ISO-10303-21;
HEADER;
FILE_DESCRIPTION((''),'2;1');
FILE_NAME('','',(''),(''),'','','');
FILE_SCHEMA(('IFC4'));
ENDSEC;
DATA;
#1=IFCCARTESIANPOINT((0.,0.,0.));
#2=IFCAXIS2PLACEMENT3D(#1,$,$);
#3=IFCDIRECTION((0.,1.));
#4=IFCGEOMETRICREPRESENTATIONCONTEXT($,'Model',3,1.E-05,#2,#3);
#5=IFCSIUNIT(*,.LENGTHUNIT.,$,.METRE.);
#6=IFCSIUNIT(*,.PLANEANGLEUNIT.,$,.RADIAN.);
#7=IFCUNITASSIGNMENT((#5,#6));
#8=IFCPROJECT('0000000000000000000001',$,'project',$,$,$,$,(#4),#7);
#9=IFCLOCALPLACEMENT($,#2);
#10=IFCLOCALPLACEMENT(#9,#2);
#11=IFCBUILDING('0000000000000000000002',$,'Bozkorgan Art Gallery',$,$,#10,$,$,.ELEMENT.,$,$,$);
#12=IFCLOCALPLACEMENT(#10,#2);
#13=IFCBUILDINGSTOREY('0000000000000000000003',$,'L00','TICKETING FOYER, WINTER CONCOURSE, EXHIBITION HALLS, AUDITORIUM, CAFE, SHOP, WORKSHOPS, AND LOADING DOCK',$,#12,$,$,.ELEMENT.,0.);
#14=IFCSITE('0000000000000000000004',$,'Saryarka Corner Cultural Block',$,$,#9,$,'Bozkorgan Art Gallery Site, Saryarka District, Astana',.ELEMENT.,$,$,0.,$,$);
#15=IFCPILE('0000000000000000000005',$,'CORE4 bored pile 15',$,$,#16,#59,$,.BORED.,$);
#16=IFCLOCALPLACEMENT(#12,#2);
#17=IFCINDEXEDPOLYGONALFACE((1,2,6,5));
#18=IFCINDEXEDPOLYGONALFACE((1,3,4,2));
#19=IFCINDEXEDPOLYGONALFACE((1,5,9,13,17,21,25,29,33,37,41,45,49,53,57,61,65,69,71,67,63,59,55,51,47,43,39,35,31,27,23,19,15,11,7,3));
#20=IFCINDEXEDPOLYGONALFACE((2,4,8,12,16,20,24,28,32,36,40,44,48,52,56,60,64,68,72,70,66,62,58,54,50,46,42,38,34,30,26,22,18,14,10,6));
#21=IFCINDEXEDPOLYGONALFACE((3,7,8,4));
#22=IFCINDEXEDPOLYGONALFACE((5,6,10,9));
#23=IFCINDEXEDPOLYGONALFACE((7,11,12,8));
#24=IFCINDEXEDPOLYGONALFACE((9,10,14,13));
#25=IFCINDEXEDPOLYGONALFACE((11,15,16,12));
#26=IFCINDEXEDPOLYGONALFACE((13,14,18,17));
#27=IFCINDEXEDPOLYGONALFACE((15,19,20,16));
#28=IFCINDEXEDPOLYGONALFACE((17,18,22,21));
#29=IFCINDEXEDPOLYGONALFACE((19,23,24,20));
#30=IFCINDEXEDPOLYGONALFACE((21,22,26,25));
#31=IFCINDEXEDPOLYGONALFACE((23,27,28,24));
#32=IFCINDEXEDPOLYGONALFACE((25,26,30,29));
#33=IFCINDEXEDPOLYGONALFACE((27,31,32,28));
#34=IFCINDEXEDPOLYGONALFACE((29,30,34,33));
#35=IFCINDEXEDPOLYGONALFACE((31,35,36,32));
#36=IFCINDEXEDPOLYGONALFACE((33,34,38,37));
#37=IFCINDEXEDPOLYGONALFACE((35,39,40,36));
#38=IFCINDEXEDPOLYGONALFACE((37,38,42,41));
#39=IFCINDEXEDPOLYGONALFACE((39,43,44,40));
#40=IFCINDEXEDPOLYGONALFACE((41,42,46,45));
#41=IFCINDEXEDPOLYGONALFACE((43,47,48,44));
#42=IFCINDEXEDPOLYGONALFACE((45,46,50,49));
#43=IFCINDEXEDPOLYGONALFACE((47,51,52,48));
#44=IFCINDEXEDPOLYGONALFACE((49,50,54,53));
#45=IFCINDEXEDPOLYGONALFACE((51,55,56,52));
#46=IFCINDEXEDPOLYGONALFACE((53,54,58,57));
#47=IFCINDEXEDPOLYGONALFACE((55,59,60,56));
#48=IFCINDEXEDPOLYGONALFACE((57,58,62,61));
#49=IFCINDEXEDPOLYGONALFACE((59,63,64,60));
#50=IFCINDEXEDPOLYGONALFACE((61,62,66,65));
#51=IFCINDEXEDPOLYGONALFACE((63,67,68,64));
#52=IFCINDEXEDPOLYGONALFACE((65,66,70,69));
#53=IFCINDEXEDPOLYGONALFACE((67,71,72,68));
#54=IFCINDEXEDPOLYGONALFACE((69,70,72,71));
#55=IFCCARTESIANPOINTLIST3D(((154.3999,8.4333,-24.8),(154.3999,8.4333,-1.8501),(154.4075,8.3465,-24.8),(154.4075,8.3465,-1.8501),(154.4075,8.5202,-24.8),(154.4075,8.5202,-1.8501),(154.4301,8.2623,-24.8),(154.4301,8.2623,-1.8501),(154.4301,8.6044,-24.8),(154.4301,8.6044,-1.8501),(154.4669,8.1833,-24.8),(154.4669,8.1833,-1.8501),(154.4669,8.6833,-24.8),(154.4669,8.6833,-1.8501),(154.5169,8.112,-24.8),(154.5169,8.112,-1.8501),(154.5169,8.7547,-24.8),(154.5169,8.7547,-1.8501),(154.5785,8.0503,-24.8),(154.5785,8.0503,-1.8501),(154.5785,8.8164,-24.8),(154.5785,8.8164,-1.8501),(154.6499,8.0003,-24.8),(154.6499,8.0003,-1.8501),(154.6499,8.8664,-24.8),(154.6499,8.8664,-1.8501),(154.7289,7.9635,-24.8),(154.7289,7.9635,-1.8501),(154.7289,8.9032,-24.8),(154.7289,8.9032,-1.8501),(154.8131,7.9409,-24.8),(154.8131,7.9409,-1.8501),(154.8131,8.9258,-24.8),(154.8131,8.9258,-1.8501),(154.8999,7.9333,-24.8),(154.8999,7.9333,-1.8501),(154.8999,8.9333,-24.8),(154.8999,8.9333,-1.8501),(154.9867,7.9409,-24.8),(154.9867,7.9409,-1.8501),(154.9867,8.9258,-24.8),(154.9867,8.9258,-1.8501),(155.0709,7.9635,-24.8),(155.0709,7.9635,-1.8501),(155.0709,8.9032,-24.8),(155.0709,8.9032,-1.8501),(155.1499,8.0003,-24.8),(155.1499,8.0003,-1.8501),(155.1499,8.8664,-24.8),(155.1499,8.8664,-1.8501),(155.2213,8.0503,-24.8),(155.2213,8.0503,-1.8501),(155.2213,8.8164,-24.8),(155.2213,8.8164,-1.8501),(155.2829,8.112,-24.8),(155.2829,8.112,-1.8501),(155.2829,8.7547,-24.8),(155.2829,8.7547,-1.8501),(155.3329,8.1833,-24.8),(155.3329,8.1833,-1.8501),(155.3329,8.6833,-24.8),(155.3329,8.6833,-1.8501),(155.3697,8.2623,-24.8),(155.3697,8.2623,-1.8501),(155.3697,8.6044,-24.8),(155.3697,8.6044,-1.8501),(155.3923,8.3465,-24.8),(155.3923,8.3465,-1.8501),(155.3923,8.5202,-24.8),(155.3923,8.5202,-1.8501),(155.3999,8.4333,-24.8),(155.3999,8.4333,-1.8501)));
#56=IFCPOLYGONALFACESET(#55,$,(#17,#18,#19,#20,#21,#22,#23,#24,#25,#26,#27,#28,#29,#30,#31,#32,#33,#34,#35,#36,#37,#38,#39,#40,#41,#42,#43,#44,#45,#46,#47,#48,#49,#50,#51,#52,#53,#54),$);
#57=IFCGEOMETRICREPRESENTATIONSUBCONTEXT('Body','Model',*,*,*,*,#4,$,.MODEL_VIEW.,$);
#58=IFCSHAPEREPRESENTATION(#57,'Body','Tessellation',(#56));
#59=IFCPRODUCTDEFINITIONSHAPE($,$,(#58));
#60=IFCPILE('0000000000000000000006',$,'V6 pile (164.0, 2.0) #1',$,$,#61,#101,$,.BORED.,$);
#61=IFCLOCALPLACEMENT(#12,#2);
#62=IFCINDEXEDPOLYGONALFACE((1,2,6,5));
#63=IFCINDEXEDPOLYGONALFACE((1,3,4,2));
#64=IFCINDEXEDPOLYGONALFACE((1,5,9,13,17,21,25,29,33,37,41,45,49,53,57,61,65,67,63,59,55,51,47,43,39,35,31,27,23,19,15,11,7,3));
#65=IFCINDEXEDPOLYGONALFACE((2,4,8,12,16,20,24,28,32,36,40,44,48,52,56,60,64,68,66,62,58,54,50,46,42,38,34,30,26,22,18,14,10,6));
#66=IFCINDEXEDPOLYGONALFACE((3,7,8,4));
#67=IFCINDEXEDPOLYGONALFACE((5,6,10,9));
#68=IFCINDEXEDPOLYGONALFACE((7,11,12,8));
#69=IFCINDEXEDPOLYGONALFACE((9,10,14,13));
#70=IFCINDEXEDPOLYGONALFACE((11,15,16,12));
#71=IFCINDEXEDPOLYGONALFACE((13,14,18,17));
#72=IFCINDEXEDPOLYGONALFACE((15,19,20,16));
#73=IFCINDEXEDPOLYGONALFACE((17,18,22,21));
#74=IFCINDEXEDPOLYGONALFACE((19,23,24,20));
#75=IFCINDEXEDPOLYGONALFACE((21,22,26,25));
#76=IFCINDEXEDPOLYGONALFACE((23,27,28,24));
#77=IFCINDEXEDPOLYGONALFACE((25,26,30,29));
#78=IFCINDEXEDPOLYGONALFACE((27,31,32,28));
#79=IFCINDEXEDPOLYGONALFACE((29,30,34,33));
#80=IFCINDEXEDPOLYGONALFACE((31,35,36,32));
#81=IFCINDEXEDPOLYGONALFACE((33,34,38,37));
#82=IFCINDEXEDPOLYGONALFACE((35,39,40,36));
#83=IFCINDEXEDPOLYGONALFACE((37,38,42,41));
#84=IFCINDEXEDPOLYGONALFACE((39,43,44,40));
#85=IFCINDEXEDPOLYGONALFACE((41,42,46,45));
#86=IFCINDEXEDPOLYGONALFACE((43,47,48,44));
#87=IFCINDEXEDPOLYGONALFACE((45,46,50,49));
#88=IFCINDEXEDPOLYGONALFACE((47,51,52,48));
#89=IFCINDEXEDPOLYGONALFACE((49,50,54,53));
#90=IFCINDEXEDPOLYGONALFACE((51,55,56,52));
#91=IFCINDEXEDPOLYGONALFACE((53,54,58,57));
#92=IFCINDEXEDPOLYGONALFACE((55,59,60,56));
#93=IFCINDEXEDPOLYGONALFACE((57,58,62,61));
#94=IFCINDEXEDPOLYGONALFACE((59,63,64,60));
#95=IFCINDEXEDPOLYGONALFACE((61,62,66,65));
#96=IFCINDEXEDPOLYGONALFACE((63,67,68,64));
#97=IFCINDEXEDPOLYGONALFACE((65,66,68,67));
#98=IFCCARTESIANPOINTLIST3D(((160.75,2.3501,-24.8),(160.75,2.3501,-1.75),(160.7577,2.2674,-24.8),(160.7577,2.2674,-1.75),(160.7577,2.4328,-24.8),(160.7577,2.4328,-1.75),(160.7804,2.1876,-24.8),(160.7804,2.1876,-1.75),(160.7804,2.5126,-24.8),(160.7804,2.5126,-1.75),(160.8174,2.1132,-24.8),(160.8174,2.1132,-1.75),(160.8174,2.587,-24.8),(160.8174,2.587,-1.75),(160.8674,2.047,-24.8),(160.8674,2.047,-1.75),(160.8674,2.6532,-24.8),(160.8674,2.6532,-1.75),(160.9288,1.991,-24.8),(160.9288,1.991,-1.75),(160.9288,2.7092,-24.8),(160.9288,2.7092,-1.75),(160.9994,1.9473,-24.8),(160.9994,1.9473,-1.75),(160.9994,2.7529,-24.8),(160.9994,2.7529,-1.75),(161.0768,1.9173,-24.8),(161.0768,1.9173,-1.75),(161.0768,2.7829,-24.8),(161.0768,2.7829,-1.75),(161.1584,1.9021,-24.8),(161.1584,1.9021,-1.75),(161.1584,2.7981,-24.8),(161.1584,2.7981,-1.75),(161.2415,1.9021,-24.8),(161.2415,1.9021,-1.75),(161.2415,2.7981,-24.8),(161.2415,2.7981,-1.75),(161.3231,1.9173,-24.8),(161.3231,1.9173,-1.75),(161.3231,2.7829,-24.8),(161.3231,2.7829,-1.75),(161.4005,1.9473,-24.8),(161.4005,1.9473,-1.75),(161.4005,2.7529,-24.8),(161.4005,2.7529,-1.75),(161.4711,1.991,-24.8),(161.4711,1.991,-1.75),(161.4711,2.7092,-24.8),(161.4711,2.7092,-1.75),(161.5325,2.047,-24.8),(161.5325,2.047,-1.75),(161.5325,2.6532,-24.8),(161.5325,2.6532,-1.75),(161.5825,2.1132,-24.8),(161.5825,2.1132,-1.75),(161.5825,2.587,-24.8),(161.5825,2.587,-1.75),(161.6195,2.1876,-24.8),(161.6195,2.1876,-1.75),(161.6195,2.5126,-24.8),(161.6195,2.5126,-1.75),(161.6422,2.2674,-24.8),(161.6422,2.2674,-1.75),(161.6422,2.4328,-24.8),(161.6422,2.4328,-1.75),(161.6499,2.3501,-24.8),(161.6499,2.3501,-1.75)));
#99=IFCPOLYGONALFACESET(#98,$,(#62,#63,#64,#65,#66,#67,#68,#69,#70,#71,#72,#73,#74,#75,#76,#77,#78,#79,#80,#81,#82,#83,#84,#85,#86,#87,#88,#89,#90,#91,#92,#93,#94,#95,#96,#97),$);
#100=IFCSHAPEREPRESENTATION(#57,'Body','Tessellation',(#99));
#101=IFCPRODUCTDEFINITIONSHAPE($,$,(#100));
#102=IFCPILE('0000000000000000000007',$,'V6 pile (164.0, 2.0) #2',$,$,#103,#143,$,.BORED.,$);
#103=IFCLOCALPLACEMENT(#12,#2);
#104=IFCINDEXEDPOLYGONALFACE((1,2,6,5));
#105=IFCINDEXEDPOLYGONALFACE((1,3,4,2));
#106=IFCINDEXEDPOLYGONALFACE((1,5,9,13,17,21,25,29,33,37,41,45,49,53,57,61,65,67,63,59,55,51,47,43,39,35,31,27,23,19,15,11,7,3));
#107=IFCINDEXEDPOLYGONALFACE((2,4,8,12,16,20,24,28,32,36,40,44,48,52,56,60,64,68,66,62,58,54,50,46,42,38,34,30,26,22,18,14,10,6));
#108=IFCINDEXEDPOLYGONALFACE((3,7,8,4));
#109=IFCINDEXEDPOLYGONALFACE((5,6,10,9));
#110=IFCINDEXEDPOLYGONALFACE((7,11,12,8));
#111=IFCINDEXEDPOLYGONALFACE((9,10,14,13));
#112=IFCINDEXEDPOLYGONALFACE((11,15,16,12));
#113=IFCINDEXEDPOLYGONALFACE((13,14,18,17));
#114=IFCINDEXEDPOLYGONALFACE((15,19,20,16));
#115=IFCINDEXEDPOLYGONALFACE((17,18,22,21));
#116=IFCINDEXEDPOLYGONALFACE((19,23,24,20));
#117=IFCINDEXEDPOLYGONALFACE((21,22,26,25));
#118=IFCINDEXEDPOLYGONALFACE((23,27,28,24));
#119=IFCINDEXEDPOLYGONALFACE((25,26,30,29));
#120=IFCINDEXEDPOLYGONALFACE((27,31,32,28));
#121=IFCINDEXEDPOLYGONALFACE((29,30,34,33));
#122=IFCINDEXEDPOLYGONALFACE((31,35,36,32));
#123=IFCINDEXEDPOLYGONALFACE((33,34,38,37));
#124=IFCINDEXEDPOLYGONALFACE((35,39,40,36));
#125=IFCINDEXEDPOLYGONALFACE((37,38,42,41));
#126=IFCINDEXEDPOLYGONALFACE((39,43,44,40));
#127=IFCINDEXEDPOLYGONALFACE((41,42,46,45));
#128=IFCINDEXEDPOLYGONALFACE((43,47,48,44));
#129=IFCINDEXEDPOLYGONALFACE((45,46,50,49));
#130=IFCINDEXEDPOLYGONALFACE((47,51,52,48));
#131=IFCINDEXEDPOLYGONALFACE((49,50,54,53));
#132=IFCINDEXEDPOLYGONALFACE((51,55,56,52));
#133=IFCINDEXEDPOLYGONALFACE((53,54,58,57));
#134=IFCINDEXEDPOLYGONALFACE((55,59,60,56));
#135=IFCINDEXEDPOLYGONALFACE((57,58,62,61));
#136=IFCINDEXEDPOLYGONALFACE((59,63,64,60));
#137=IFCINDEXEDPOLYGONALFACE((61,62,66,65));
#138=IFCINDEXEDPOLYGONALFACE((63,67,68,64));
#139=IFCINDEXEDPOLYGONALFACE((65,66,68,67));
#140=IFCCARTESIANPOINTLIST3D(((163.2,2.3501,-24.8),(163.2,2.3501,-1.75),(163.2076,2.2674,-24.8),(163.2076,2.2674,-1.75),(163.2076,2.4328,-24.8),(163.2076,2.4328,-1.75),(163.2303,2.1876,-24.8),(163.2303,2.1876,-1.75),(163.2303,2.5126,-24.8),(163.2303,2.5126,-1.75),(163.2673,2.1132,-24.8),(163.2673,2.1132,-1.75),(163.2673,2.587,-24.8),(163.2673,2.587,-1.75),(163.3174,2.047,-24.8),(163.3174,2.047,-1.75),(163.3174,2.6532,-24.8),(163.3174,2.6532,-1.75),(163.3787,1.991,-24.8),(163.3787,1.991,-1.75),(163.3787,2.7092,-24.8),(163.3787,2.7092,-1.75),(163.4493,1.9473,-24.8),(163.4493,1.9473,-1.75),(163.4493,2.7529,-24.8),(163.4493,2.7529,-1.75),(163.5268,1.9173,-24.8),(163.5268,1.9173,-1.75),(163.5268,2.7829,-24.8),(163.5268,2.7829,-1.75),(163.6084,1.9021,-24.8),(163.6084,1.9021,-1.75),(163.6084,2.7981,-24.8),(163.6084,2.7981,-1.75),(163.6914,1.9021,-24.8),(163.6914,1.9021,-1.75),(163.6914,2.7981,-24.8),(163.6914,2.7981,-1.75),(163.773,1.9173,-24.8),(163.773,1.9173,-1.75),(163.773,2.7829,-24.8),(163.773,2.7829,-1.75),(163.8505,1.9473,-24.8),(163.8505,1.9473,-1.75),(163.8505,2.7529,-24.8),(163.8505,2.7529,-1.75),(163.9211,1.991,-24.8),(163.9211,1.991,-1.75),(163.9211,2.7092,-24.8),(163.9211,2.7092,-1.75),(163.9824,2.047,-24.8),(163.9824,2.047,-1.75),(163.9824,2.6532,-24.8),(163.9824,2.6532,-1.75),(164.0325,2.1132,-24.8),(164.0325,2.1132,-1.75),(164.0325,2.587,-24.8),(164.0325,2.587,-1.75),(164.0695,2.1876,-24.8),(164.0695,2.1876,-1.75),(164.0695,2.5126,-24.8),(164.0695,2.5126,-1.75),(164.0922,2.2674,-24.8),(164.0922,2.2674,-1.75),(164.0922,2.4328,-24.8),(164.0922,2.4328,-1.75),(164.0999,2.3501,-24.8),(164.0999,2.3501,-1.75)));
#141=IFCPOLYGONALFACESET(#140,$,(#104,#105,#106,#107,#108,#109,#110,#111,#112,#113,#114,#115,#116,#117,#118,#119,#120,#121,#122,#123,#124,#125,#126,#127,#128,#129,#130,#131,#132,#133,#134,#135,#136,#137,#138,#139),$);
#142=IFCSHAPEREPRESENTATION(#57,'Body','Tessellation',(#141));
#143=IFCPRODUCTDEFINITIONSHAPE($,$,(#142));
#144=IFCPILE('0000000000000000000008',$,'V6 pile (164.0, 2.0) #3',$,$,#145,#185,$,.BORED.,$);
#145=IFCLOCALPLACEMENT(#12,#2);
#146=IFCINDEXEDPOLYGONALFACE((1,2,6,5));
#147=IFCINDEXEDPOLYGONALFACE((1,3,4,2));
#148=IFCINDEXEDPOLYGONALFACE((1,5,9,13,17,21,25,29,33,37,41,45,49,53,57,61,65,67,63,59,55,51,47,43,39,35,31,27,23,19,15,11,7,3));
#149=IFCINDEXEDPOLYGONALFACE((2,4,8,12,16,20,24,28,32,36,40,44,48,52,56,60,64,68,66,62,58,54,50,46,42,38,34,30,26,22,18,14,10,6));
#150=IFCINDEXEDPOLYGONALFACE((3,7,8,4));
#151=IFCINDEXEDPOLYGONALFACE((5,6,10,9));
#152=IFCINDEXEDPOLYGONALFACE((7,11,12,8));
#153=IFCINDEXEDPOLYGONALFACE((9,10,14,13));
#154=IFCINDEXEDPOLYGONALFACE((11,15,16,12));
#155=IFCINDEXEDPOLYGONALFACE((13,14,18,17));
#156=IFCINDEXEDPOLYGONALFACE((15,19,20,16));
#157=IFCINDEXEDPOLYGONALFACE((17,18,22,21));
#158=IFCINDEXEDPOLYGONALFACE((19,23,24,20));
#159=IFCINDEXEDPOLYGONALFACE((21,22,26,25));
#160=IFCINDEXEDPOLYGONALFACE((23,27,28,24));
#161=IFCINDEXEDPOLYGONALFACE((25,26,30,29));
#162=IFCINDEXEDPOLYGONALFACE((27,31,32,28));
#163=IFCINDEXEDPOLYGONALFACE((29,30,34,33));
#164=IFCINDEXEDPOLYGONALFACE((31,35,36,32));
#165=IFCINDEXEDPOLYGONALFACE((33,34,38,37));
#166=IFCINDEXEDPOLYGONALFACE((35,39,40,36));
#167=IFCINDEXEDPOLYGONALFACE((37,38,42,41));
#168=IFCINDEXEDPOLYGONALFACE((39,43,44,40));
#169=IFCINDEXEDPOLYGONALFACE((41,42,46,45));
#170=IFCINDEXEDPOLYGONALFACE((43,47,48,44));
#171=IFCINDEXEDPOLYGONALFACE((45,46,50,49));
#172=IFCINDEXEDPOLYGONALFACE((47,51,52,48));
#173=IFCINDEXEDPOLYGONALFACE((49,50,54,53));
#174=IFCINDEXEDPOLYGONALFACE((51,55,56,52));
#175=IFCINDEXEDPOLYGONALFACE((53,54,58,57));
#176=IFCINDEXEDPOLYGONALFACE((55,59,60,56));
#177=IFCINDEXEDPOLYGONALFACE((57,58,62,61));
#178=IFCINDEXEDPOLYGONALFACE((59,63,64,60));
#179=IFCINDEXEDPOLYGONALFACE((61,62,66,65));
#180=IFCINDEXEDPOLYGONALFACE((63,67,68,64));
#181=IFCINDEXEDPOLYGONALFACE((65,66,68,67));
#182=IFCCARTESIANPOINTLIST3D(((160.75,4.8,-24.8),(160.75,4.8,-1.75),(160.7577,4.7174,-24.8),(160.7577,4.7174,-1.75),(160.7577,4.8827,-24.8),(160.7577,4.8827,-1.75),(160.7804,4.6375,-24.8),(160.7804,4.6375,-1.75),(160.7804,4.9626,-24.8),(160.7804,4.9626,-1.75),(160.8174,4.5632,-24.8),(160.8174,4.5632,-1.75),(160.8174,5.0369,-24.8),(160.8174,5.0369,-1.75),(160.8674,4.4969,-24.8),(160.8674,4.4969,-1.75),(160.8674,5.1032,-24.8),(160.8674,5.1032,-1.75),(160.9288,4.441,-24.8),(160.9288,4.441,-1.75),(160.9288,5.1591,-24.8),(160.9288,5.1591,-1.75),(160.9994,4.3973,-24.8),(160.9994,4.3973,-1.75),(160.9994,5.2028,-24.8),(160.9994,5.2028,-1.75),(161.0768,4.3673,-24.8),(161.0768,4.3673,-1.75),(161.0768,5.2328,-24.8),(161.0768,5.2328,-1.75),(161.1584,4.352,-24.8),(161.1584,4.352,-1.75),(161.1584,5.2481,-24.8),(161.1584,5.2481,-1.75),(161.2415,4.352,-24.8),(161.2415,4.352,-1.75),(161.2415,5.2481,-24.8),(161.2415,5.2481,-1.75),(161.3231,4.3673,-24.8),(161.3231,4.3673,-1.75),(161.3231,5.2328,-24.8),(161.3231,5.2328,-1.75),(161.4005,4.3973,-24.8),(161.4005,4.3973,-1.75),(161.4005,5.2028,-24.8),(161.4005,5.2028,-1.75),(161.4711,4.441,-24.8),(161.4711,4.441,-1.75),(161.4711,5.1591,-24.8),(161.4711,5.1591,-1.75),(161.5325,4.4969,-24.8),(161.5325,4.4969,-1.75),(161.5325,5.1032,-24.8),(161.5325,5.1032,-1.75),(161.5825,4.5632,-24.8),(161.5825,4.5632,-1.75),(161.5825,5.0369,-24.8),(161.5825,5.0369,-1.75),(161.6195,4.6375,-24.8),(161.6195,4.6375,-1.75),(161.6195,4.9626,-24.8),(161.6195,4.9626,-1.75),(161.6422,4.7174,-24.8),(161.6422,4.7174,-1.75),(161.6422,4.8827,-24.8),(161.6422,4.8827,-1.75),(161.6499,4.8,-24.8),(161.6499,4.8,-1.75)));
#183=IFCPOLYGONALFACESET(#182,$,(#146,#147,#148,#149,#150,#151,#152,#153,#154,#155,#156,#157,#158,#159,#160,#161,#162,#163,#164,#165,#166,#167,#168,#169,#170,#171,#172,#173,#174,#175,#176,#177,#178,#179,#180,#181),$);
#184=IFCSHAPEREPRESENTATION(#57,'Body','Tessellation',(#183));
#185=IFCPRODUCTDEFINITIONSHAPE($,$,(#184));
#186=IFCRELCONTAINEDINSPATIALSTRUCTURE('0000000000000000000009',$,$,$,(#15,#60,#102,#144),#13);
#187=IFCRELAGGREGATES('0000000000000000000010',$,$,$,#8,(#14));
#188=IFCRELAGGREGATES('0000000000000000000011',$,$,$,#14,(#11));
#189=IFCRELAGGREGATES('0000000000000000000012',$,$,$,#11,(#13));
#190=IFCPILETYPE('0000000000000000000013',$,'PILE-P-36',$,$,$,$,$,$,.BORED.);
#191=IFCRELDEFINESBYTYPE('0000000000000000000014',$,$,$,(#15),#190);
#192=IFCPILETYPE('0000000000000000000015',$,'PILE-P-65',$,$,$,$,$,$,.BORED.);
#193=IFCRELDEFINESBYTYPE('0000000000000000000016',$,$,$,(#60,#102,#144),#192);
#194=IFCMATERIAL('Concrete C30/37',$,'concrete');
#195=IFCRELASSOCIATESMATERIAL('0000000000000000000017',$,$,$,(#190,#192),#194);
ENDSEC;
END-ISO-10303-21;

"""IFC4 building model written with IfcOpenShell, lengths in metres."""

from ifc_helpers import new_model, si_unit, direction, frame, origin, origin_2d, place, context, subcontext, project, spatial, circle, extrude, material, material_profile, profile_set, type_object, element, save


model = new_model("IFC4")

# Units and contexts
model_context = context("Model", 3, precision=1e-05, world=origin(), true_north=direction((0.0, 1.0)))
body_context = subcontext(model_context, "Body", "Model", "MODEL_VIEW")
ifc_project = project(units=[si_unit("LENGTHUNIT", "METRE"), si_unit("PLANEANGLEUNIT", "RADIAN")], contexts=[model_context])

# Site, building, storey
site_placement = place(None, origin())
site = spatial("IfcSite", under=ifc_project, at=site_placement, Name="Saryarka Corner Cultural Block", LongName="Bozkorgan Art Gallery Site, Saryarka District, Astana", CompositionType="ELEMENT", RefElevation=0.0)
building_placement = place(site_placement, origin())
building = spatial("IfcBuilding", under=site, at=building_placement, Name="Bozkorgan Art Gallery", CompositionType="ELEMENT")
storey_placement = place(building_placement, origin())
storey = spatial("IfcBuildingStorey", under=building, at=storey_placement, Name="L00", Description="TICKETING FOYER, WINTER CONCOURSE, EXHIBITION HALLS, AUDITORIUM, CAFE, SHOP, WORKSHOPS, AND LOADING DOCK", CompositionType="ELEMENT", Elevation=0.0)

# Shared definitions
ifc_material_1 = material(Name="Concrete C30/37", Category="concrete")

# Piles
ifc_material_profile_1 = material_profile(ifc_material_1, circle(Radius=0.5, at=origin_2d()), Name="PILE D1000")
ifc_profile_set_1 = profile_set([ifc_material_profile_1], Name="Concrete C30/37")
pile_type_1 = type_object("IfcPileType", Name="PILE-P-36", PredefinedType="BORED", material=ifc_profile_set_1)
for number, where, z_axis, x_axis, name in (
    (1, (154.8999, 8.4333, -1.8501), (0.0, 0.0, -1.0), (1.0, 0.0, 0.0), "CORE4 bored pile 15"),
):
    element("IfcPile", number, at=place(storey_placement, frame(where, z_axis=z_axis, x_axis=x_axis)), inside=storey, type_object=pile_type_1, Name=name, PredefinedType="BORED", context=body_context, shape_type="SweptSolid", body=[
        extrude(circle(Radius=0.5, at=origin_2d()), origin(), (0.0, 0.0, 1.0), 22.95),
    ])
ifc_material_profile_2 = material_profile(ifc_material_1, circle(Radius=0.45, at=origin_2d()), Name="PILE D900")
ifc_profile_set_2 = profile_set([ifc_material_profile_2], Name="Concrete C30/37")
pile_type_2 = type_object("IfcPileType", Name="PILE-P-65", PredefinedType="BORED", material=ifc_profile_set_2)
for number, where, z_axis, x_axis, name in (
    (2, (161.2, 2.3501, -1.75), (0.0, 0.0, -1.0), (1.0, 0.0, 0.0), "V6 pile (164.0, 2.0) #1"),
    (3, (163.6499, 2.3501, -1.75), (0.0, 0.0, -1.0), (1.0, 0.0, 0.0), "V6 pile (164.0, 2.0) #2"),
    (4, (161.2, 4.8, -1.75), (0.0, 0.0, -1.0), (1.0, 0.0, 0.0), "V6 pile (164.0, 2.0) #3"),
):
    element("IfcPile", number, at=place(storey_placement, frame(where, z_axis=z_axis, x_axis=x_axis)), inside=storey, type_object=pile_type_2, Name=name, PredefinedType="BORED", context=body_context, shape_type="SweptSolid", body=[
        extrude(circle(Radius=0.45, at=origin_2d()), origin(), (0.0, 0.0, 1.0), 23.05),
    ])

save(model, "model.ifc")
